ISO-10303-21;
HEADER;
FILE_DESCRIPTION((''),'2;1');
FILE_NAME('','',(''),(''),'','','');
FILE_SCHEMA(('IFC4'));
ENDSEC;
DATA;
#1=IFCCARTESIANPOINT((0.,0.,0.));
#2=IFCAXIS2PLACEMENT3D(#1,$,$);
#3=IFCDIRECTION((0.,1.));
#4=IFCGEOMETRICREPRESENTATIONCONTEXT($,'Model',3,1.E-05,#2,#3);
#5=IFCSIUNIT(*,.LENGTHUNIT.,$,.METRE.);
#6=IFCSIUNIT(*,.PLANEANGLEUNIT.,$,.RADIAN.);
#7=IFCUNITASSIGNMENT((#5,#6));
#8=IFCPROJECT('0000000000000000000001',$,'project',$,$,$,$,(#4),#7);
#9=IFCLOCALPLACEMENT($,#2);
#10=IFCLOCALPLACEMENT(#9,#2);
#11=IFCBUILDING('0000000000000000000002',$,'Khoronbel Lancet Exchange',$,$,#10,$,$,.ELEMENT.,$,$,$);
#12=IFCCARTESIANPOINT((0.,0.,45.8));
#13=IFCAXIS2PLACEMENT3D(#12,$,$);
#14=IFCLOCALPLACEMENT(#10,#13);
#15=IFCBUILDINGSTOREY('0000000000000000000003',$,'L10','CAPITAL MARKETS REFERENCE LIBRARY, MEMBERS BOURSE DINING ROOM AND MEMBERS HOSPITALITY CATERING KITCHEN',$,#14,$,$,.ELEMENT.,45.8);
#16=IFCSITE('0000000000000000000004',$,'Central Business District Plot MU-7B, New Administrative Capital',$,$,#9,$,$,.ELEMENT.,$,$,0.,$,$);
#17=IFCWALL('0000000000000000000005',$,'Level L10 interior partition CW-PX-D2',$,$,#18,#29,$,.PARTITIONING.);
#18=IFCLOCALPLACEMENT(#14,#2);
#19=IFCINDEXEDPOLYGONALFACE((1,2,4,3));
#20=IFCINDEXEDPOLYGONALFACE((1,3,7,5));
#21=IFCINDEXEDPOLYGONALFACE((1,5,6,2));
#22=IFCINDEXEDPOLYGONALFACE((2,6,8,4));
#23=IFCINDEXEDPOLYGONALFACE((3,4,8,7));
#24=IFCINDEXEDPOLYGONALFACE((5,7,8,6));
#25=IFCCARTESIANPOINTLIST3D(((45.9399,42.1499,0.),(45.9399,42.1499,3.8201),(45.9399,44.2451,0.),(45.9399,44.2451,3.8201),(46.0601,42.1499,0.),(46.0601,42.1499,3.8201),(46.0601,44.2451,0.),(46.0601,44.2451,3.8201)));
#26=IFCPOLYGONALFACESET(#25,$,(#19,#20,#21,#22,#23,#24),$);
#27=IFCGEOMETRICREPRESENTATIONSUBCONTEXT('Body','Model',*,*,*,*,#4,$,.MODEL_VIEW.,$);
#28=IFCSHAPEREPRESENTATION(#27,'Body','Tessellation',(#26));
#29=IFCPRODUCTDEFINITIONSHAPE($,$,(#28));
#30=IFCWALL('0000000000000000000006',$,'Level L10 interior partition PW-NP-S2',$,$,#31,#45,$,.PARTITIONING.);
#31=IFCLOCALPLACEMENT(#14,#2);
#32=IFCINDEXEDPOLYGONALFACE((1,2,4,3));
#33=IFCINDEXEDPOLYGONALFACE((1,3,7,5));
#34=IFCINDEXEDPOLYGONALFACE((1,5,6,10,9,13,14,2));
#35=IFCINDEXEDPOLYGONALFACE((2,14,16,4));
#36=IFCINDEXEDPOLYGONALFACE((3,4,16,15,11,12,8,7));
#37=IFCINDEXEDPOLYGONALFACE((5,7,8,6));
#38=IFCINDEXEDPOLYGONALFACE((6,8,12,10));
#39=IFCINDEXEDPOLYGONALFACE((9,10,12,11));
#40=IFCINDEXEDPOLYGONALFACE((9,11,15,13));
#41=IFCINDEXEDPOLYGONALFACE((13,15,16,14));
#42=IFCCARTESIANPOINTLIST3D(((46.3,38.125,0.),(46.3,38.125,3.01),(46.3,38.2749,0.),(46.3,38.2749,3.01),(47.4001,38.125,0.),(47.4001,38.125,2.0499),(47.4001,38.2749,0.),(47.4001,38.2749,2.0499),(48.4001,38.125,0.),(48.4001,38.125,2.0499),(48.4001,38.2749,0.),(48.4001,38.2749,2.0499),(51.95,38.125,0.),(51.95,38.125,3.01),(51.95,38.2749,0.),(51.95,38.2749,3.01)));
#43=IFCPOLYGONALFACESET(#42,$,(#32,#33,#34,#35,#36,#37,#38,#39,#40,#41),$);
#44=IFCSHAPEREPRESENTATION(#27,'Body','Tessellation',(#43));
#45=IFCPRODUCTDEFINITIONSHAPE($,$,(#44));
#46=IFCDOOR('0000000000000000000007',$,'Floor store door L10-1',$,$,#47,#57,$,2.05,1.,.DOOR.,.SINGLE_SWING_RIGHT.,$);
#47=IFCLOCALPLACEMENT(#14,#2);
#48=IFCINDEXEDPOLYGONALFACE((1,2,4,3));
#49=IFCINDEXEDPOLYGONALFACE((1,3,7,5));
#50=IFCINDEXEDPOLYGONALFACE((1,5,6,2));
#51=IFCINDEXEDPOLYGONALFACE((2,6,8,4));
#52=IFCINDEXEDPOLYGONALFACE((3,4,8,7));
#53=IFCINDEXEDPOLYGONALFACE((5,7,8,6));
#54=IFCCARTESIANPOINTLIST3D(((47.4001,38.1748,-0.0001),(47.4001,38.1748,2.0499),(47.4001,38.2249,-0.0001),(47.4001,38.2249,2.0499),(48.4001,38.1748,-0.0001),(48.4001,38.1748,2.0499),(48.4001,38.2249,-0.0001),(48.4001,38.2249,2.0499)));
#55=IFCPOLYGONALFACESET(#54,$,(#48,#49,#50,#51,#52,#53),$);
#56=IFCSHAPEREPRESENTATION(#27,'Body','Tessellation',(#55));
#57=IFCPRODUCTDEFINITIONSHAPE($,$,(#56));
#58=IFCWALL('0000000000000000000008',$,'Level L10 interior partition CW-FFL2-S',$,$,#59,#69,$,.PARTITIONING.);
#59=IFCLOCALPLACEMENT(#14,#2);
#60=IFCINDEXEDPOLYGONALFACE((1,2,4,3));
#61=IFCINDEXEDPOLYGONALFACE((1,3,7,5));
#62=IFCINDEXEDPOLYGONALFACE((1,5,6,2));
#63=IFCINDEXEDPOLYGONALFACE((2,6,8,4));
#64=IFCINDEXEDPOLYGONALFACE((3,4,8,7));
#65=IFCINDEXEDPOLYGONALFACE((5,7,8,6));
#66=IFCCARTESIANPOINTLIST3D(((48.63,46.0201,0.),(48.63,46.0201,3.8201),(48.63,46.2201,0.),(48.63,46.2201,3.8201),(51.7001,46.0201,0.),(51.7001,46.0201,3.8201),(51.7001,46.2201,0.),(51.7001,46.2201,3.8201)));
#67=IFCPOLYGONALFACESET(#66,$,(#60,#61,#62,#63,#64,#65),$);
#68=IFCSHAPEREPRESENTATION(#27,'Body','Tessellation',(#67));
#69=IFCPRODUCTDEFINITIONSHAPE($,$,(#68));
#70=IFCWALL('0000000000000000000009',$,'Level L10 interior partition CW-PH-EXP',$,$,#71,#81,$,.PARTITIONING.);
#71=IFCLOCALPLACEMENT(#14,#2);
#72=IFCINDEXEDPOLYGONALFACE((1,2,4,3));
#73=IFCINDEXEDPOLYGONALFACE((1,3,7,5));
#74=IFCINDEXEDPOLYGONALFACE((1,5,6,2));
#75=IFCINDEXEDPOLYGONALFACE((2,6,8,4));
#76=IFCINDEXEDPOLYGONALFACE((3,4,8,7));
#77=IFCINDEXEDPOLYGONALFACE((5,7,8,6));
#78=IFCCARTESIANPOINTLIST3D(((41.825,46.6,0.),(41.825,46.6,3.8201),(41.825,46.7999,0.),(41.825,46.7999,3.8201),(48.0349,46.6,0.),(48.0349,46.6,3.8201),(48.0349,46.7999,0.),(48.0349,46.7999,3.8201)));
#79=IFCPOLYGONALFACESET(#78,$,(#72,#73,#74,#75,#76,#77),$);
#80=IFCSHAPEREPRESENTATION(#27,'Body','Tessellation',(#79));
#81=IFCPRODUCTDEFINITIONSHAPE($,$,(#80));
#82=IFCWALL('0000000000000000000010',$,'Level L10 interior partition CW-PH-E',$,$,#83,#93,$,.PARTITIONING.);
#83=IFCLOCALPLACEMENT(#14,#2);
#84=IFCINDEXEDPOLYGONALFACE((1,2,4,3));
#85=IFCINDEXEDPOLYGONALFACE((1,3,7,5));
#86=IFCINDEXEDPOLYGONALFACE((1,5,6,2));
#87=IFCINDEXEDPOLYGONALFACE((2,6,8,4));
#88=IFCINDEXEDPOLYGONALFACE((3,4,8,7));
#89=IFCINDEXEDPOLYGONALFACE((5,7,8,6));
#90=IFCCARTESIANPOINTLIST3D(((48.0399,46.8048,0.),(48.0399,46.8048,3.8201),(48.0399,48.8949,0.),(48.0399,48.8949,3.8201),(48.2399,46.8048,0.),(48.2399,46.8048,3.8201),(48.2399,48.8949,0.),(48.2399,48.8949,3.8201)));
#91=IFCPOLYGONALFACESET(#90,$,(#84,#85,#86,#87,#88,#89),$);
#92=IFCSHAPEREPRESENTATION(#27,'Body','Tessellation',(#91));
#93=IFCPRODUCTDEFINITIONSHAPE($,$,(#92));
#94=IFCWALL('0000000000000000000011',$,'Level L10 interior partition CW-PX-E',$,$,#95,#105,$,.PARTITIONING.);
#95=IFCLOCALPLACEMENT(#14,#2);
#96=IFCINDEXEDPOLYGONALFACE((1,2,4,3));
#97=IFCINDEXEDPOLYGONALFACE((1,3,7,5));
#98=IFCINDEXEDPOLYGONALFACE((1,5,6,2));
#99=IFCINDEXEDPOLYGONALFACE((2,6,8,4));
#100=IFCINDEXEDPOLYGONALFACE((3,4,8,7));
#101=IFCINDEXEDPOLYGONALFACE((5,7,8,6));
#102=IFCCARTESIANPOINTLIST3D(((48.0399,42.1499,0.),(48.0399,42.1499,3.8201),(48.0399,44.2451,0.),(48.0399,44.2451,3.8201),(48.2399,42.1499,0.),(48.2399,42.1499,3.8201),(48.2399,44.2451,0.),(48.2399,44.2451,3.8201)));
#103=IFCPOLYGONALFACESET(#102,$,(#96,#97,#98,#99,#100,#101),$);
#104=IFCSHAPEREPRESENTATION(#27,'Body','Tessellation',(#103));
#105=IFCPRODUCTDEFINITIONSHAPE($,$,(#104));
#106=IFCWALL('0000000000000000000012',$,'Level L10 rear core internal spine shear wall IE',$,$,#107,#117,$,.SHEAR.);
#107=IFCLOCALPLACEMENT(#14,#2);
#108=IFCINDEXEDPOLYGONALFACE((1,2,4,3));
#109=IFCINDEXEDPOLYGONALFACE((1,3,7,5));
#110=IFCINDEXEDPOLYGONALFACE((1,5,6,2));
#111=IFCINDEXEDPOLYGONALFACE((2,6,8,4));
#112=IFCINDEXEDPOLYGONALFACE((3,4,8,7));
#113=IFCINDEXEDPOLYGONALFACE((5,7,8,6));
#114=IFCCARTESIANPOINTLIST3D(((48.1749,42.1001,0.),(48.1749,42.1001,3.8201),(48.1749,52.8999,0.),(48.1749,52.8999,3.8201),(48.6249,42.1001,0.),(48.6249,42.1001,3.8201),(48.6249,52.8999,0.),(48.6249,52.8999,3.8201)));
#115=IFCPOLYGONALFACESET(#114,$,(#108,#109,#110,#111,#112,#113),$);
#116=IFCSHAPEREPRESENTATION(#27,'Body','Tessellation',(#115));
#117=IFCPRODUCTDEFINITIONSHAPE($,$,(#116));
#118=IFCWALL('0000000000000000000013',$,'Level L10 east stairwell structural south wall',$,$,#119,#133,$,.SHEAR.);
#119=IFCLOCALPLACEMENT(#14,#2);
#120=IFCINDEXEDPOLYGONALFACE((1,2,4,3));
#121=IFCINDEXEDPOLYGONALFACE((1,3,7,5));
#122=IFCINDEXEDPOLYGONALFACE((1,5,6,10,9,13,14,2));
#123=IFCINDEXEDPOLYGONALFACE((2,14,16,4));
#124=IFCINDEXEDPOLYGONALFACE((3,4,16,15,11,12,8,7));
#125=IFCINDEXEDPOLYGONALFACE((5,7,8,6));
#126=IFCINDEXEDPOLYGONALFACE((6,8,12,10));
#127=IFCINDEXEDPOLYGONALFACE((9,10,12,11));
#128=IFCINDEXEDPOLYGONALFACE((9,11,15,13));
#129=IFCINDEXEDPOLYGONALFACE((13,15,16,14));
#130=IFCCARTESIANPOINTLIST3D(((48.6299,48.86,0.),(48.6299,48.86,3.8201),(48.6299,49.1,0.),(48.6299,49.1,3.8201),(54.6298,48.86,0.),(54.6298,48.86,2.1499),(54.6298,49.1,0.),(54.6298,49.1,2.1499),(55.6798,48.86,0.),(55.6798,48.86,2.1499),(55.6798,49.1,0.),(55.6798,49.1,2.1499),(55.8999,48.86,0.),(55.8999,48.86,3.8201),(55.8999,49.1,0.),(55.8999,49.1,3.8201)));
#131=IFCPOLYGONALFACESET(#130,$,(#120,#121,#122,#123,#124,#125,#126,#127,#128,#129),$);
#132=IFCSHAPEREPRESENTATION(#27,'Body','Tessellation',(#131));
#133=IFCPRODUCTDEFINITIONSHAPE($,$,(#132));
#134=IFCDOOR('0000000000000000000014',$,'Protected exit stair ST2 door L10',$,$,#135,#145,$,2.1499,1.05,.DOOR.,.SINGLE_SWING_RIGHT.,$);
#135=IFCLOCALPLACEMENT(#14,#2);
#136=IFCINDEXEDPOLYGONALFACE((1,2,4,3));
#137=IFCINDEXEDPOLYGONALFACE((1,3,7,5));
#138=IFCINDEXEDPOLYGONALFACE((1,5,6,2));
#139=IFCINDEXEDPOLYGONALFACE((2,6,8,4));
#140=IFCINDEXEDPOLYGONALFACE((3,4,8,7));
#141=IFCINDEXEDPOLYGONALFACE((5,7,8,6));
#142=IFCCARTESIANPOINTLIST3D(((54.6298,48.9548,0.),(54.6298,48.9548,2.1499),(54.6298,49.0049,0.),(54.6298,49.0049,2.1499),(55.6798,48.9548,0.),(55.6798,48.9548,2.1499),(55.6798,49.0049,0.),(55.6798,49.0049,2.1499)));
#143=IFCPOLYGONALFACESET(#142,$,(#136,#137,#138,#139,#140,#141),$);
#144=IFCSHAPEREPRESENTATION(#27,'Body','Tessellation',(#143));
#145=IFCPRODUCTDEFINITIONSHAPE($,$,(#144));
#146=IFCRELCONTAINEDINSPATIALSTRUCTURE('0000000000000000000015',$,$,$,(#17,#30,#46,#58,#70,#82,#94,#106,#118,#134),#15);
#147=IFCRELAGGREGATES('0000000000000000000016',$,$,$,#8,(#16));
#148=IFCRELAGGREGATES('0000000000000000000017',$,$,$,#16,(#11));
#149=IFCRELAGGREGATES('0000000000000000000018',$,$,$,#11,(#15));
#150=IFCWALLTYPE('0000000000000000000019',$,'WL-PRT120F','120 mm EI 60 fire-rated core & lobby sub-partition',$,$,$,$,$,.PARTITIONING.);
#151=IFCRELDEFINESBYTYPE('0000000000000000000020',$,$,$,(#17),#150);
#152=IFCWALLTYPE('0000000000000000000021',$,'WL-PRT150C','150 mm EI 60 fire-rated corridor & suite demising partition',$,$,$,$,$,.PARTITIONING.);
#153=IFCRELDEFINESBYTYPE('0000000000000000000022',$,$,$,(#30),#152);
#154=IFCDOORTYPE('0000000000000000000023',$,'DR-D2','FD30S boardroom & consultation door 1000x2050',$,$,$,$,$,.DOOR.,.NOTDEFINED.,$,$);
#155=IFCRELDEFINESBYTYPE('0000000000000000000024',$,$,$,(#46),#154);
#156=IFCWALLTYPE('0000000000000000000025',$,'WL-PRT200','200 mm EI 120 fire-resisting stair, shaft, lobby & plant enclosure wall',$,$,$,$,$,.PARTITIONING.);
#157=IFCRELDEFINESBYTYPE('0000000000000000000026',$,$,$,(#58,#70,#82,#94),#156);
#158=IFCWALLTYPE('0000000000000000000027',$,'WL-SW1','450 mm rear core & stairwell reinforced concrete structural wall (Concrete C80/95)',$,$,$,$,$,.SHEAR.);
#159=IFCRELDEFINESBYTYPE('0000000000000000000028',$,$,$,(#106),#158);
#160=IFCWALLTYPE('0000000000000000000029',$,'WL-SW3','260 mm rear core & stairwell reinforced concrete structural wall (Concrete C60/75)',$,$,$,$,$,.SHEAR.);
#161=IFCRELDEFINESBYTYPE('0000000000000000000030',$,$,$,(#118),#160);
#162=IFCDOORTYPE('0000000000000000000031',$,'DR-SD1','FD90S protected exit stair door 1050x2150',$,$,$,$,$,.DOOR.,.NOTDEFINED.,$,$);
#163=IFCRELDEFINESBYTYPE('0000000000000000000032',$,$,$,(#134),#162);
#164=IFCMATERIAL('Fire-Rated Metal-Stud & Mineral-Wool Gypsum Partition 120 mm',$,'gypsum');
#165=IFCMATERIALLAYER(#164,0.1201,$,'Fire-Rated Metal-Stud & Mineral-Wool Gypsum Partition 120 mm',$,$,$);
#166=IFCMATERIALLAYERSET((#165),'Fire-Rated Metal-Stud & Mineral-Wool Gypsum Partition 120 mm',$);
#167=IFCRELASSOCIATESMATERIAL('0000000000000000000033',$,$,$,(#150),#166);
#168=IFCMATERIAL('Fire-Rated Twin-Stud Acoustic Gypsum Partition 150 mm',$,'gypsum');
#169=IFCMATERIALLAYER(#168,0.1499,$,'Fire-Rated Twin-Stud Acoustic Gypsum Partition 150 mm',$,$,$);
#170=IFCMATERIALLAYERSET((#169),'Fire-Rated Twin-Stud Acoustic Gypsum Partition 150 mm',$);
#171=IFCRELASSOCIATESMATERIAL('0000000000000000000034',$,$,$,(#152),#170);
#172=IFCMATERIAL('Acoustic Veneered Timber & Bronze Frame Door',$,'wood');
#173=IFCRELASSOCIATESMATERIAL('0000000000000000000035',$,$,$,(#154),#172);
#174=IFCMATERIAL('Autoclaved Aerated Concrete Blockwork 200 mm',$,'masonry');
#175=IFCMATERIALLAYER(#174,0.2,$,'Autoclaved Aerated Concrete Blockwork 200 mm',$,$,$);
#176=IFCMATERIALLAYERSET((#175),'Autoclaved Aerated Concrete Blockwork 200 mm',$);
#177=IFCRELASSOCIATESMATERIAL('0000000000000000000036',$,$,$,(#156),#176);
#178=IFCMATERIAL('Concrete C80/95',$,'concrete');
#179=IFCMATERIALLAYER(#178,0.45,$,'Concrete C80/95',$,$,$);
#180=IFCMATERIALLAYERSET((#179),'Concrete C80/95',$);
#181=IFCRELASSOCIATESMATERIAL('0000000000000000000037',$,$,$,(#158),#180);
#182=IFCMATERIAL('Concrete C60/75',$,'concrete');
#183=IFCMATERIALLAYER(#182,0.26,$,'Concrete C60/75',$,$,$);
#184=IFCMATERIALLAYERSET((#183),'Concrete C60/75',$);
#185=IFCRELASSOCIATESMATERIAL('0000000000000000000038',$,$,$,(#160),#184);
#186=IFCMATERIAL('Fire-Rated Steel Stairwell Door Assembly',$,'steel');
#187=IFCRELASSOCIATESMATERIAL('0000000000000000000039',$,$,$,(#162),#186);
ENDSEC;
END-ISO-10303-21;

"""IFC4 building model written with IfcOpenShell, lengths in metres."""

from ifc_helpers import new_model, si_unit, direction, frame, frame_2d, origin, place, context, subcontext, project, spatial, rectangle, extrude, material, layer, layer_set, type_object, element, fill, save


model = new_model("IFC4")

# Units and contexts
model_context = context("Model", 3, precision=1e-05, world=origin(), true_north=direction((0.0, 1.0)))
body_context = subcontext(model_context, "Body", "Model", "MODEL_VIEW")
ifc_project = project(units=[si_unit("LENGTHUNIT", "METRE"), si_unit("PLANEANGLEUNIT", "RADIAN")], contexts=[model_context])

# Site, building, storey
site_placement = place(None, origin())
site = spatial("IfcSite", under=ifc_project, at=site_placement, Name="Central Business District Plot MU-7B, New Administrative Capital", CompositionType="ELEMENT", RefElevation=0.0)
building_placement = place(site_placement, origin())
building = spatial("IfcBuilding", under=site, at=building_placement, Name="Khoronbel Lancet Exchange", CompositionType="ELEMENT")
storey_placement = place(building_placement, frame((0.0, 0.0, 45.8)))
storey = spatial("IfcBuildingStorey", under=building, at=storey_placement, Name="L10", Description="CAPITAL MARKETS REFERENCE LIBRARY, MEMBERS BOURSE DINING ROOM AND MEMBERS HOSPITALITY CATERING KITCHEN", CompositionType="ELEMENT", Elevation=45.8)

# Wall
ifc_material_1 = material(Name="Fire-Rated Metal-Stud & Mineral-Wool Gypsum Partition 120 mm", Category="gypsum")
ifc_layer_1 = layer(ifc_material_1, 0.1201, Name="Fire-Rated Metal-Stud & Mineral-Wool Gypsum Partition 120 mm")
ifc_layer_set_1 = layer_set([ifc_layer_1], Name="Fire-Rated Metal-Stud & Mineral-Wool Gypsum Partition 120 mm")
wall_type_1 = type_object("IfcWallType", Name="WL-PRT120F", Description="120 mm EI 60 fire-rated core & lobby sub-partition", PredefinedType="PARTITIONING", material=ifc_layer_set_1)
for number, where, z_axis, x_axis, name in (
    (1, (46.0, 42.1499, 0.0), (0.0, 0.0, 1.0), (0.0, 1.0, 0.0), "Level L10 interior partition CW-PX-D2"),
):
    element("IfcWall", number, at=place(storey_placement, frame(where, z_axis=z_axis, x_axis=x_axis)), inside=storey, type_object=wall_type_1, Name=name, PredefinedType="PARTITIONING", context=body_context, shape_type="SweptSolid", body=[
        extrude(rectangle(XDim=2.0952, YDim=0.1201, at=frame_2d((1.0476, 0.0))), origin(), (0.0, 0.0, 1.0), 3.8201),
    ])

# Wall, opening, door
ifc_material_2 = material(Name="Fire-Rated Twin-Stud Acoustic Gypsum Partition 150 mm", Category="gypsum")
ifc_layer_2 = layer(ifc_material_2, 0.1499, Name="Fire-Rated Twin-Stud Acoustic Gypsum Partition 150 mm")
ifc_layer_set_2 = layer_set([ifc_layer_2], Name="Fire-Rated Twin-Stud Acoustic Gypsum Partition 150 mm")
wall_type_2 = type_object("IfcWallType", Name="WL-PRT150C", Description="150 mm EI 60 fire-rated corridor & suite demising partition", PredefinedType="PARTITIONING", material=ifc_layer_set_2)
wall_1_placement = place(storey_placement, frame((46.3, 38.2, 0.0), z_axis=(0.0, 0.0, 1.0), x_axis=(1.0, 0.0, 0.0)))
wall_1 = element("IfcWall", 2, at=wall_1_placement, inside=storey, type_object=wall_type_2, Name="Level L10 interior partition PW-NP-S2", PredefinedType="PARTITIONING", context=body_context, shape_type="SweptSolid", body=[
    extrude(rectangle(XDim=5.6499, YDim=0.1499, at=frame_2d((2.825, 0.0))), origin(), (0.0, 0.0, 1.0), 3.01),
])
opening_1_placement = place(wall_1_placement, frame((1.1001, 0.0, 0.0)))
opening_1 = element("IfcOpeningElement", 3, at=opening_1_placement, cuts=wall_1, PredefinedType="OPENING", context=body_context, shape_type="SweptSolid", body=[
    extrude(rectangle(XDim=1.0, YDim=2.05, at=frame_2d((0.5, 1.0249))), frame((0.0, 0.085, 0.0), z_axis=(0.0, -1.0, 0.0), x_axis=(1.0, 0.0, 0.0)), (0.0, 0.0, 1.0), 0.1699),
])
ifc_material_3 = material(Name="Acoustic Veneered Timber & Bronze Frame Door", Category="wood")
door_type_1 = type_object("IfcDoorType", Name="DR-D2", Description="FD30S boardroom & consultation door 1000x2050", OperationType="NOTDEFINED", PredefinedType="DOOR", material=ifc_material_3)
door_1_placement = place(opening_1_placement, origin())
door_1 = element("IfcDoor", 4, at=door_1_placement, inside=storey, type_object=door_type_1, Name="Floor store door L10-1", OperationType="SINGLE_SWING_RIGHT", OverallHeight=2.05, OverallWidth=1.0, PredefinedType="DOOR", context=body_context, shape_type="SweptSolid", body=[
    extrude(rectangle(XDim=1.0, YDim=2.05, at=frame_2d((0.5, 1.0249))), frame((0.0, 0.0249, 0.0), z_axis=(0.0, -1.0, 0.0), x_axis=(1.0, 0.0, 0.0)), (0.0, 0.0, 1.0), 0.05),
])
fill(opening_1, door_1)

# Walls
ifc_material_4 = material(Name="Autoclaved Aerated Concrete Blockwork 200 mm", Category="masonry")
ifc_layer_3 = layer(ifc_material_4, 0.2, Name="Autoclaved Aerated Concrete Blockwork 200 mm")
ifc_layer_set_3 = layer_set([ifc_layer_3], Name="Autoclaved Aerated Concrete Blockwork 200 mm")
wall_type_3 = type_object("IfcWallType", Name="WL-PRT200", Description="200 mm EI 120 fire-resisting stair, shaft, lobby & plant enclosure wall", PredefinedType="PARTITIONING", material=ifc_layer_set_3)
wall_2_placement = place(storey_placement, frame((48.6299, 46.1201, 0.0), z_axis=(0.0, 0.0, 1.0), x_axis=(1.0, 0.0, 0.0)))
element("IfcWall", 5, at=wall_2_placement, inside=storey, type_object=wall_type_3, Name="Level L10 interior partition CW-FFL2-S", PredefinedType="PARTITIONING", context=body_context, shape_type="SweptSolid", body=[
    extrude(rectangle(XDim=3.0701, YDim=0.2, at=frame_2d((1.5352, 0.0))), origin(), (0.0, 0.0, 1.0), 3.8201),
])
wall_3_placement = place(storey_placement, frame((41.825, 46.7, 0.0), z_axis=(0.0, 0.0, 1.0), x_axis=(1.0, 0.0, 0.0)))
element("IfcWall", 6, at=wall_3_placement, inside=storey, type_object=wall_type_3, Name="Level L10 interior partition CW-PH-EXP", PredefinedType="PARTITIONING", context=body_context, shape_type="SweptSolid", body=[
    extrude(rectangle(XDim=6.21, YDim=0.2, at=frame_2d((3.105, 0.0))), origin(), (0.0, 0.0, 1.0), 3.8201),
])
wall_4_placement = place(storey_placement, frame((48.1399, 46.8049, 0.0), z_axis=(0.0, 0.0, 1.0), x_axis=(0.0, 1.0, 0.0)))
element("IfcWall", 7, at=wall_4_placement, inside=storey, type_object=wall_type_3, Name="Level L10 interior partition CW-PH-E", PredefinedType="PARTITIONING", context=body_context, shape_type="SweptSolid", body=[
    extrude(rectangle(XDim=2.0901, YDim=0.2, at=frame_2d((1.0449, 0.0))), origin(), (0.0, 0.0, 1.0), 3.8201),
])
wall_5_placement = place(storey_placement, frame((48.1399, 42.1499, 0.0), z_axis=(0.0, 0.0, 1.0), x_axis=(0.0, 1.0, 0.0)))
element("IfcWall", 8, at=wall_5_placement, inside=storey, type_object=wall_type_3, Name="Level L10 interior partition CW-PX-E", PredefinedType="PARTITIONING", context=body_context, shape_type="SweptSolid", body=[
    extrude(rectangle(XDim=2.0952, YDim=0.2, at=frame_2d((1.0476, 0.0))), origin(), (0.0, 0.0, 1.0), 3.8201),
])
ifc_material_5 = material(Name="Concrete C80/95", Category="concrete")
ifc_layer_4 = layer(ifc_material_5, 0.45, Name="Concrete C80/95")
ifc_layer_set_4 = layer_set([ifc_layer_4], Name="Concrete C80/95")
wall_type_4 = type_object("IfcWallType", Name="WL-SW1", Description="450 mm rear core & stairwell reinforced concrete structural wall (Concrete C80/95)", PredefinedType="SHEAR", material=ifc_layer_set_4)
wall_6_placement = place(storey_placement, frame((48.3999, 42.1001, 0.0), z_axis=(0.0, 0.0, 1.0), x_axis=(0.0, 1.0, 0.0)))
element("IfcWall", 9, at=wall_6_placement, inside=storey, type_object=wall_type_4, Name="Level L10 rear core internal spine shear wall IE", PredefinedType="SHEAR", context=body_context, shape_type="SweptSolid", body=[
    extrude(rectangle(XDim=10.7998, YDim=0.45, at=frame_2d((5.3999, 0.0))), origin(), (0.0, 0.0, 1.0), 3.8201),
])

# Wall, opening, door
ifc_material_6 = material(Name="Concrete C60/75", Category="concrete")
ifc_layer_5 = layer(ifc_material_6, 0.26, Name="Concrete C60/75")
ifc_layer_set_5 = layer_set([ifc_layer_5], Name="Concrete C60/75")
wall_type_5 = type_object("IfcWallType", Name="WL-SW3", Description="260 mm rear core & stairwell reinforced concrete structural wall (Concrete C60/75)", PredefinedType="SHEAR", material=ifc_layer_set_5)
wall_7_placement = place(storey_placement, frame((48.6299, 48.98, 0.0), z_axis=(0.0, 0.0, 1.0), x_axis=(1.0, 0.0, 0.0)))
wall_7 = element("IfcWall", 10, at=wall_7_placement, inside=storey, type_object=wall_type_5, Name="Level L10 east stairwell structural south wall", PredefinedType="SHEAR", context=body_context, shape_type="SweptSolid", body=[
    extrude(rectangle(XDim=7.27, YDim=0.24, at=frame_2d((3.635, 0.0))), origin(), (0.0, 0.0, 1.0), 3.8201),
])
opening_2_placement = place(wall_7_placement, frame((6.0, 0.0, 0.0)))
opening_2 = element("IfcOpeningElement", 11, at=opening_2_placement, cuts=wall_7, PredefinedType="OPENING", context=body_context, shape_type="SweptSolid", body=[
    extrude(rectangle(XDim=1.05, YDim=2.1499, at=frame_2d((0.5249, 1.075))), frame((0.0, 0.1299, 0.0), z_axis=(0.0, -1.0, 0.0), x_axis=(1.0, 0.0, 0.0)), (0.0, 0.0, 1.0), 0.26),
])
ifc_material_7 = material(Name="Fire-Rated Steel Stairwell Door Assembly", Category="steel")
door_type_2 = type_object("IfcDoorType", Name="DR-SD1", Description="FD90S protected exit stair door 1050x2150", OperationType="NOTDEFINED", PredefinedType="DOOR", material=ifc_material_7)
door_2_placement = place(opening_2_placement, origin())
door_2 = element("IfcDoor", 12, at=door_2_placement, inside=storey, type_object=door_type_2, Name="Protected exit stair ST2 door L10", OperationType="SINGLE_SWING_RIGHT", OverallHeight=2.1499, OverallWidth=1.05, PredefinedType="DOOR", context=body_context, shape_type="SweptSolid", body=[
    extrude(rectangle(XDim=1.05, YDim=2.1499, at=frame_2d((0.5249, 1.075))), frame((0.0, 0.0249, 0.0), z_axis=(0.0, -1.0, 0.0), x_axis=(1.0, 0.0, 0.0)), (0.0, 0.0, 1.0), 0.05),
])
fill(opening_2, door_2)

save(model, "model.ifc")
